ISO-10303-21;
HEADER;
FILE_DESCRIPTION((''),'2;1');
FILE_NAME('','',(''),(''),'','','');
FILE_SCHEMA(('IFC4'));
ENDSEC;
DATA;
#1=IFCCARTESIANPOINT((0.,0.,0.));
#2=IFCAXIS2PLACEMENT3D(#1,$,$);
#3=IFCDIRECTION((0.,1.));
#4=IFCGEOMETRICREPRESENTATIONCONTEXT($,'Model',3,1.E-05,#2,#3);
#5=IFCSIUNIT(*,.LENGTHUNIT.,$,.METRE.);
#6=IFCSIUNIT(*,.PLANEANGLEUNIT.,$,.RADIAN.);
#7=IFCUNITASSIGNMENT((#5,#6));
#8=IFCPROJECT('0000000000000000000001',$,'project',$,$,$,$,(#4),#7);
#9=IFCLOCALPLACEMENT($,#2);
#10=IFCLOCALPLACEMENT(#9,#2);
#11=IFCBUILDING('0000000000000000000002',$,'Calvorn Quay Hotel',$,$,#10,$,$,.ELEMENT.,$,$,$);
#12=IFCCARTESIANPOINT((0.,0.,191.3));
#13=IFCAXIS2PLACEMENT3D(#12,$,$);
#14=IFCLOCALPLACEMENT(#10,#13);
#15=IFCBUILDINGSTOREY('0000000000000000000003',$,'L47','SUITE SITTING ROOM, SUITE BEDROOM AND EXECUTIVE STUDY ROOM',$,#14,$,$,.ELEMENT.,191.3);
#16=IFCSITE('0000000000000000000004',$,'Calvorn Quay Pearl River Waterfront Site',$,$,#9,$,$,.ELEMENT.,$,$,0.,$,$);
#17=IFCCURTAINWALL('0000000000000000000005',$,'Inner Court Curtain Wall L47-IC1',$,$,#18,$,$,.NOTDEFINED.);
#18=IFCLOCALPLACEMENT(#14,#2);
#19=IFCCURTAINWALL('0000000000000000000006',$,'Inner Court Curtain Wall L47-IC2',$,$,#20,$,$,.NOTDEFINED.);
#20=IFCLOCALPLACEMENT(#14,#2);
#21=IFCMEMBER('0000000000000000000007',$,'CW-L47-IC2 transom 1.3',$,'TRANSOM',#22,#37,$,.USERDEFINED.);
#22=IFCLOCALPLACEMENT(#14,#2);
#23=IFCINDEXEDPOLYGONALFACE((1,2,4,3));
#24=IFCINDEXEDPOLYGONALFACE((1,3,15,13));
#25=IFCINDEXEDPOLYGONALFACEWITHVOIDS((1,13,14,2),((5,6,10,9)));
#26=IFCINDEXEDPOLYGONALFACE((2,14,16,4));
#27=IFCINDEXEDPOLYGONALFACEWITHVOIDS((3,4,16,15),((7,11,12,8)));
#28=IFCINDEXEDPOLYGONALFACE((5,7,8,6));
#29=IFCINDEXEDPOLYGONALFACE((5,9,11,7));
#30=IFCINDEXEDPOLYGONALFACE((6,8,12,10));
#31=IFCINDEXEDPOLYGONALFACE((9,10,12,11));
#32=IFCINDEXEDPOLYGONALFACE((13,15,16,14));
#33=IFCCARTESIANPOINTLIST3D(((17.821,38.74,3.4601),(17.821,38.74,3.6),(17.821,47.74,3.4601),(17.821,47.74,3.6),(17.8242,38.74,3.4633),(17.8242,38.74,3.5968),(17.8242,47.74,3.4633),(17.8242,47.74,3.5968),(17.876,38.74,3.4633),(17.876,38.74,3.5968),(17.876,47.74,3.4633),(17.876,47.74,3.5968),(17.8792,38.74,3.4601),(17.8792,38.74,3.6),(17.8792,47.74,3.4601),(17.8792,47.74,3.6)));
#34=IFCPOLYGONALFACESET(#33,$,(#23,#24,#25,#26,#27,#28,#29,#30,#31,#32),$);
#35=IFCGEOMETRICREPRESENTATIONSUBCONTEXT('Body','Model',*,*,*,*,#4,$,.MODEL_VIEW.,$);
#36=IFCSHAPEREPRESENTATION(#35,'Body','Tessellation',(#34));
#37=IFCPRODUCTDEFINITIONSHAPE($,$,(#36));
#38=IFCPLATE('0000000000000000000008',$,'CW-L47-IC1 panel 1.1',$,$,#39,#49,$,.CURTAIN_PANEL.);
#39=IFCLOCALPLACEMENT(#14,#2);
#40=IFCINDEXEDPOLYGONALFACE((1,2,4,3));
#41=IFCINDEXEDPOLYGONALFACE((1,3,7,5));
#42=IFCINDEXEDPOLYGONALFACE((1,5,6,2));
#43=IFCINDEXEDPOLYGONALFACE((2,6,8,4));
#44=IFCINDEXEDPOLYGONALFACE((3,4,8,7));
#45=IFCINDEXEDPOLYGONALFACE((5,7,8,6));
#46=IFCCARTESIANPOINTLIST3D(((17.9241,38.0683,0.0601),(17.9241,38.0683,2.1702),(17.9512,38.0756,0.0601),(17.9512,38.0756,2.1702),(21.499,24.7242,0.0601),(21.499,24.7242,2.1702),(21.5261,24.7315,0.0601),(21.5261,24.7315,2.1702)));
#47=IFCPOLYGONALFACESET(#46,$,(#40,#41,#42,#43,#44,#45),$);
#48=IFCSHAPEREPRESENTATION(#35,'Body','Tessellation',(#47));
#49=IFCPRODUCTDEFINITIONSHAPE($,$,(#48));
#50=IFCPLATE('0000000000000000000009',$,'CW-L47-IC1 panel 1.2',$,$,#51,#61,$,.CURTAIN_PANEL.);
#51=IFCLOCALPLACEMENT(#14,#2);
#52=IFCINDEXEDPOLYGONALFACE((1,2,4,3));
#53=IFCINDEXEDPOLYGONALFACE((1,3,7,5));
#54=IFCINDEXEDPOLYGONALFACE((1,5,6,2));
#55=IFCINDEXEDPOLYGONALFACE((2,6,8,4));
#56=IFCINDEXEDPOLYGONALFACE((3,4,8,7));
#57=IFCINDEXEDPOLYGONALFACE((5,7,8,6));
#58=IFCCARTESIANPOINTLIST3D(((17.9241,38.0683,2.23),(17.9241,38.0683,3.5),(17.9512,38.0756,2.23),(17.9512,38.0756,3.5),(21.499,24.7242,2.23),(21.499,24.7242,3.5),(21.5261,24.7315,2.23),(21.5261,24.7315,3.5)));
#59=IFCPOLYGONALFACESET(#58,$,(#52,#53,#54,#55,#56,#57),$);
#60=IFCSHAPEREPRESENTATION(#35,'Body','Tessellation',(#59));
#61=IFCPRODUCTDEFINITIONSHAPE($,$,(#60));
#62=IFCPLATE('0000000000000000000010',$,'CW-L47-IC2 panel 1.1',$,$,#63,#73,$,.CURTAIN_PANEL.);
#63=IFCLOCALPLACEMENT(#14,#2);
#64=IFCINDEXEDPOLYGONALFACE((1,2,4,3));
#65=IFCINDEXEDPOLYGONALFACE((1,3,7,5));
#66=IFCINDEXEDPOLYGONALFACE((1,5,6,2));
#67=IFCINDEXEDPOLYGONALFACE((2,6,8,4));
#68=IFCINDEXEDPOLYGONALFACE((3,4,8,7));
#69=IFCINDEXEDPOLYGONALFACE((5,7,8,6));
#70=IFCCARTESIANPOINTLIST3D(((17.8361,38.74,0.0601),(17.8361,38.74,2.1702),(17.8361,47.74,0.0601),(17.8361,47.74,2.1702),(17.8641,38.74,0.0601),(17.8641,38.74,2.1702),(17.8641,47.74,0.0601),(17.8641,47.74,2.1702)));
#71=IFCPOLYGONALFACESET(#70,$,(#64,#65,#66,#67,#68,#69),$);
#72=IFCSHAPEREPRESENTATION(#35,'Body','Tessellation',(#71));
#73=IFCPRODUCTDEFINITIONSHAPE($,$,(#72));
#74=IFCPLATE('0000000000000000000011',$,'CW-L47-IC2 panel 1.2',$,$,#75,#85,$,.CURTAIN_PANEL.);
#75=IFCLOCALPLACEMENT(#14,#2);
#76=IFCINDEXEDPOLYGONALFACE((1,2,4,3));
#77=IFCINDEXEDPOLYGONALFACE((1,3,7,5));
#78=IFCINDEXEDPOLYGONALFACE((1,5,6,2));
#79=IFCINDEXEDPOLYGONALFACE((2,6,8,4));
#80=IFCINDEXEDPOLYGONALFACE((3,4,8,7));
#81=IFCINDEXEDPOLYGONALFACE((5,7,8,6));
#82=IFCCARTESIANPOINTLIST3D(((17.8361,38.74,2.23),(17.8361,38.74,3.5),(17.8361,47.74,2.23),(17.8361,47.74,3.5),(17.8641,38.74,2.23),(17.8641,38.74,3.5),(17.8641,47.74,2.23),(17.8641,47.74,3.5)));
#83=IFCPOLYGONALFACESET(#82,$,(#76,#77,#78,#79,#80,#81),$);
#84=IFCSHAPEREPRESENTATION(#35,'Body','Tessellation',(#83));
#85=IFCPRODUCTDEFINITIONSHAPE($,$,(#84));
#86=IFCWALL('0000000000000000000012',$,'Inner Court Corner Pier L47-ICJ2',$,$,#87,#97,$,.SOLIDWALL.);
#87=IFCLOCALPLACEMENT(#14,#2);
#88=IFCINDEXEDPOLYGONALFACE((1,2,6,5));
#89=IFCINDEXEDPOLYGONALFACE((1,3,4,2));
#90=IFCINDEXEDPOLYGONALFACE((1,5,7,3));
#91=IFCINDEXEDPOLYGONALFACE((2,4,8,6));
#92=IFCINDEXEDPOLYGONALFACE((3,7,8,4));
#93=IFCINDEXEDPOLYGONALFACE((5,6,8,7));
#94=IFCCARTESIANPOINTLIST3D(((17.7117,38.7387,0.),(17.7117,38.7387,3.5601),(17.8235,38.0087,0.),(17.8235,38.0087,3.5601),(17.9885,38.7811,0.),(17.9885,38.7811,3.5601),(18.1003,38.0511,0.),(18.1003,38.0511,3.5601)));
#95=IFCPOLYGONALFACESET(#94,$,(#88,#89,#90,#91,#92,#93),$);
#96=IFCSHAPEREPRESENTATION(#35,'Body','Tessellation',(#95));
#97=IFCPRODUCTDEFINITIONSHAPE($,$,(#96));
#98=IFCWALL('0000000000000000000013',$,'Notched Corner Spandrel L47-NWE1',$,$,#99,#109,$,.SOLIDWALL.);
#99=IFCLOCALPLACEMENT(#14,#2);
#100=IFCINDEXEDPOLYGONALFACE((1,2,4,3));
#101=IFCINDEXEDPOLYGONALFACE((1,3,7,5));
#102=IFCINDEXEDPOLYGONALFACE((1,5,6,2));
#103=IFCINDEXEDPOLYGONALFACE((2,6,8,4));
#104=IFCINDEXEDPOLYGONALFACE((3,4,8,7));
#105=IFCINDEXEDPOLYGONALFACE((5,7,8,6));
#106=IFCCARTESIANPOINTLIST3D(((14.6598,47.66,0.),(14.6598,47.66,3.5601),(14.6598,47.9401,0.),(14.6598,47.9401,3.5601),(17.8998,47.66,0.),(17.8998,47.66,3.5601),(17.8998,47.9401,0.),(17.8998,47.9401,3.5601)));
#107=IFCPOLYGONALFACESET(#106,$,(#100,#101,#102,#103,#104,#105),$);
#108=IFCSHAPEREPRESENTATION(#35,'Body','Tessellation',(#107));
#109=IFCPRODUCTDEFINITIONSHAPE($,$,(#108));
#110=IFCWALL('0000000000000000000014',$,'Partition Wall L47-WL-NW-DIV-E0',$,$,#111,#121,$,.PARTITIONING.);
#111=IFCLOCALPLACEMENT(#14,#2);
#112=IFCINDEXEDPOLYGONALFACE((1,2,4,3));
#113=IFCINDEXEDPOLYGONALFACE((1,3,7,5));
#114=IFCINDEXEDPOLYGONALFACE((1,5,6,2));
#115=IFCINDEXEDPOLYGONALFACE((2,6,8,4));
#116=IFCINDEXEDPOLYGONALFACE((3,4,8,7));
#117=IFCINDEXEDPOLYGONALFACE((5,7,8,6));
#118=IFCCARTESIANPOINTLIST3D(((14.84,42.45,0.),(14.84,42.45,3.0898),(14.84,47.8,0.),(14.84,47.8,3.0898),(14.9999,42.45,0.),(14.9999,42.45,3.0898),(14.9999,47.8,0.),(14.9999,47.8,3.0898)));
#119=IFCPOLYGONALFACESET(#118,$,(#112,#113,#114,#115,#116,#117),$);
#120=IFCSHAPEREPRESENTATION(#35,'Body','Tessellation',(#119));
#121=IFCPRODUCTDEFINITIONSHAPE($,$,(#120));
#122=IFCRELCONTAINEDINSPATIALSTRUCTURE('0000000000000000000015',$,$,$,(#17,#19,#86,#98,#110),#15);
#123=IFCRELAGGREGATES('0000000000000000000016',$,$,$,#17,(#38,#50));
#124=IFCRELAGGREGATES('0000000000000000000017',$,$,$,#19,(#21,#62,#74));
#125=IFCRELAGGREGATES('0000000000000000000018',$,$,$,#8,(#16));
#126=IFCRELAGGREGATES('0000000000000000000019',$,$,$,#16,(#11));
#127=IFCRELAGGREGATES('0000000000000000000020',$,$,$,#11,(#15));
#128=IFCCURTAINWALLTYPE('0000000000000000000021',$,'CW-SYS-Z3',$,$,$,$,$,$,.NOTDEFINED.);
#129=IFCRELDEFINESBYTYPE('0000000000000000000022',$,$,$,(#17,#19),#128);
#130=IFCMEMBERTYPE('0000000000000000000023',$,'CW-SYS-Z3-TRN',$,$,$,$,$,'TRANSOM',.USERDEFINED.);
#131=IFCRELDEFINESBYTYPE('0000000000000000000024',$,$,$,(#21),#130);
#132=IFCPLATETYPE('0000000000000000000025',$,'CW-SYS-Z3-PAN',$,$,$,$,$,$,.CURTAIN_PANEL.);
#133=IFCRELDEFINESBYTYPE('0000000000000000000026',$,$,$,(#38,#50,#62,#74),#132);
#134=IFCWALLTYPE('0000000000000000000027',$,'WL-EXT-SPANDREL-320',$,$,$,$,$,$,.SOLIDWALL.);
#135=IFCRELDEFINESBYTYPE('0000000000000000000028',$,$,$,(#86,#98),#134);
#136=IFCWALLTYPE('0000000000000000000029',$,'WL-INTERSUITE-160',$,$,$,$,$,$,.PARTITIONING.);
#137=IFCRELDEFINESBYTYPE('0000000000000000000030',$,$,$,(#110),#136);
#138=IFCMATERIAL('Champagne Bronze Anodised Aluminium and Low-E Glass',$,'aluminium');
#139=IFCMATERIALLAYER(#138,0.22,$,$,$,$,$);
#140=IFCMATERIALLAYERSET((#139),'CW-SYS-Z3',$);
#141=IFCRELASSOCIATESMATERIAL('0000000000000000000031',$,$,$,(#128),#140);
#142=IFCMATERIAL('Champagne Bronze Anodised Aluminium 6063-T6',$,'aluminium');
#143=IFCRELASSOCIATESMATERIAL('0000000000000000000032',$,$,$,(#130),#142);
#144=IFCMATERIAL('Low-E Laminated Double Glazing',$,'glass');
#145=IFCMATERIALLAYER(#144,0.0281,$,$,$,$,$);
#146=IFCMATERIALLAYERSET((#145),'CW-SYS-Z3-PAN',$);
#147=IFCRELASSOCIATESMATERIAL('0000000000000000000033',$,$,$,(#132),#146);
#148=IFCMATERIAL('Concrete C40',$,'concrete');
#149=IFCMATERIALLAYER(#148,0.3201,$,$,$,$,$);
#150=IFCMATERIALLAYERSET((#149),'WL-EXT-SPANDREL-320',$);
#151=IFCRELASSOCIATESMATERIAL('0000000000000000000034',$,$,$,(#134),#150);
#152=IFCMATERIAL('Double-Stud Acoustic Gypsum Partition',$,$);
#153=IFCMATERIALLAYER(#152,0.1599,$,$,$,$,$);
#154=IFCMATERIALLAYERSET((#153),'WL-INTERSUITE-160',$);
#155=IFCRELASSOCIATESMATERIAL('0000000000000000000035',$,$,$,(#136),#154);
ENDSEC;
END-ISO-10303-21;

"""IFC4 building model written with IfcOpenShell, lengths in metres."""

from ifc_helpers import new_model, si_unit, direction, frame, frame_2d, origin, origin_2d, place, context, subcontext, project, spatial, rectangle, hollow_rectangle, extrude, material, layer, layer_set, material_profile, profile_set, type_object, element, aggregate, save


model = new_model("IFC4")

# Units and contexts
model_context = context("Model", 3, precision=1e-05, world=origin(), true_north=direction((0.0, 1.0)))
body_context = subcontext(model_context, "Body", "Model", "MODEL_VIEW")
ifc_project = project(units=[si_unit("LENGTHUNIT", "METRE"), si_unit("PLANEANGLEUNIT", "RADIAN")], contexts=[model_context])

# Site, building, storey
site_placement = place(None, origin())
site = spatial("IfcSite", under=ifc_project, at=site_placement, Name="Calvorn Quay Pearl River Waterfront Site", CompositionType="ELEMENT", RefElevation=0.0)
building_placement = place(site_placement, origin())
building = spatial("IfcBuilding", under=site, at=building_placement, Name="Calvorn Quay Hotel", CompositionType="ELEMENT")
storey_placement = place(building_placement, frame((0.0, 0.0, 191.3)))
storey = spatial("IfcBuildingStorey", under=building, at=storey_placement, Name="L47", Description="SUITE SITTING ROOM, SUITE BEDROOM AND EXECUTIVE STUDY ROOM", CompositionType="ELEMENT", Elevation=191.3)

# Curtain wall
ifc_material_1 = material(Name="Champagne Bronze Anodised Aluminium and Low-E Glass", Category="aluminium")
ifc_layer_1 = layer(ifc_material_1, 0.22)
ifc_layer_set_1 = layer_set([ifc_layer_1], Name="CW-SYS-Z3")
curtain_wall_type = type_object("IfcCurtainWallType", Name="CW-SYS-Z3", PredefinedType="NOTDEFINED", material=ifc_layer_set_1)
curtain_wall_1_placement = place(storey_placement, origin())
curtain_wall_1 = element("IfcCurtainWall", 1, at=curtain_wall_1_placement, inside=storey, type_object=curtain_wall_type, Name="Inner Court Curtain Wall L47-IC1", PredefinedType="NOTDEFINED")

# Curtain wall, member
curtain_wall_2_placement = place(storey_placement, origin())
curtain_wall_2 = element("IfcCurtainWall", 2, at=curtain_wall_2_placement, inside=storey, type_object=curtain_wall_type, Name="Inner Court Curtain Wall L47-IC2", PredefinedType="NOTDEFINED")
ifc_material_2 = material(Name="Champagne Bronze Anodised Aluminium 6063-T6", Category="aluminium")
ifc_material_profile_1 = material_profile(ifc_material_2, hollow_rectangle(XDim=0.0581, YDim=0.1399, WallThickness=0.0032, at=origin_2d()), Name="ALU-T140x58x3.2")
ifc_profile_set_1 = profile_set([ifc_material_profile_1], Name="Champagne Bronze Anodised Aluminium 6063-T6")
member_type_1 = type_object("IfcMemberType", Name="CW-SYS-Z3-TRN", ElementType="TRANSOM", PredefinedType="USERDEFINED", material=ifc_profile_set_1)
member_1_placement = place(storey_placement, frame((17.8501, 38.74, 3.53), z_axis=(0.0, 1.0, 0.0), x_axis=(-1.0, 0.0, 0.0)))
member_1 = element("IfcMember", 3, at=member_1_placement, type_object=member_type_1, Name="CW-L47-IC2 transom 1.3", ObjectType="TRANSOM", PredefinedType="USERDEFINED", context=body_context, shape_type="SweptSolid", body=[
    extrude(hollow_rectangle(XDim=0.0581, YDim=0.1399, WallThickness=0.0032, at=origin_2d()), origin(), (0.0, 0.0, 1.0), 9.0),
])

# Plates
ifc_material_3 = material(Name="Low-E Laminated Double Glazing", Category="glass")
ifc_layer_2 = layer(ifc_material_3, 0.0281)
ifc_layer_set_2 = layer_set([ifc_layer_2], Name="CW-SYS-Z3-PAN")
plate_type = type_object("IfcPlateType", Name="CW-SYS-Z3-PAN", PredefinedType="CURTAIN_PANEL", material=ifc_layer_set_2)
plate_1_placement = place(storey_placement, frame((19.7251, 31.3999, 0.0601), z_axis=(0.0, 0.0, 1.0), x_axis=(-0.258779, 0.965937, 0.0)))
plate_1 = element("IfcPlate", 4, at=plate_1_placement, type_object=plate_type, Name="CW-L47-IC1 panel 1.1", PredefinedType="CURTAIN_PANEL", context=body_context, shape_type="SweptSolid", body=[
    extrude(rectangle(XDim=13.8147, YDim=0.0281, at=origin_2d()), origin(), (0.0, 0.0, 1.0), 2.1101),
])
plate_2_placement = place(storey_placement, frame((19.7251, 31.3999, 2.23), z_axis=(0.0, 0.0, 1.0), x_axis=(-0.258779, 0.965937, 0.0)))
plate_2 = element("IfcPlate", 5, at=plate_2_placement, type_object=plate_type, Name="CW-L47-IC1 panel 1.2", PredefinedType="CURTAIN_PANEL", context=body_context, shape_type="SweptSolid", body=[
    extrude(rectangle(XDim=13.8147, YDim=0.0281, at=origin_2d()), origin(), (0.0, 0.0, 1.0), 1.27),
])
aggregate(curtain_wall_1, [plate_1, plate_2])
plate_3_placement = place(storey_placement, frame((17.8501, 43.24, 0.0601), z_axis=(0.0, 0.0, 1.0), x_axis=(0.0, 1.0, 0.0)))
plate_3 = element("IfcPlate", 6, at=plate_3_placement, type_object=plate_type, Name="CW-L47-IC2 panel 1.1", PredefinedType="CURTAIN_PANEL", context=body_context, shape_type="SweptSolid", body=[
    extrude(rectangle(XDim=9.0, YDim=0.0281, at=origin_2d()), origin(), (0.0, 0.0, 1.0), 2.1101),
])
plate_4_placement = place(storey_placement, frame((17.8501, 43.24, 2.23), z_axis=(0.0, 0.0, 1.0), x_axis=(0.0, 1.0, 0.0)))
plate_4 = element("IfcPlate", 7, at=plate_4_placement, type_object=plate_type, Name="CW-L47-IC2 panel 1.2", PredefinedType="CURTAIN_PANEL", context=body_context, shape_type="SweptSolid", body=[
    extrude(rectangle(XDim=9.0, YDim=0.0281, at=origin_2d()), origin(), (0.0, 0.0, 1.0), 1.27),
])
aggregate(curtain_wall_2, [member_1, plate_3, plate_4])

# Walls
ifc_material_4 = material(Name="Concrete C40", Category="concrete")
ifc_layer_3 = layer(ifc_material_4, 0.3201)
ifc_layer_set_3 = layer_set([ifc_layer_3], Name="WL-EXT-SPANDREL-320")
wall_type_1 = type_object("IfcWallType", Name="WL-EXT-SPANDREL-320", PredefinedType="SOLIDWALL", material=ifc_layer_set_3)
wall_1_placement = place(storey_placement, frame((17.9619, 38.03, 0.0), z_axis=(0.0, 0.0, 1.0), x_axis=(-0.151411, 0.988471, 0.0)))
element("IfcWall", 8, at=wall_1_placement, inside=storey, type_object=wall_type_1, Name="Inner Court Corner Pier L47-ICJ2", PredefinedType="SOLIDWALL", context=body_context, shape_type="SweptSolid", body=[
    extrude(rectangle(XDim=0.7385, YDim=0.28, at=frame_2d((0.3691, 0.0))), origin(), (0.0, 0.0, 1.0), 3.5601),
])
wall_2_placement = place(storey_placement, frame((17.8999, 47.8, 0.0), z_axis=(0.0, 0.0, 1.0), x_axis=(-1.0, 0.0, 0.0)))
element("IfcWall", 9, at=wall_2_placement, inside=storey, type_object=wall_type_1, Name="Notched Corner Spandrel L47-NWE1", PredefinedType="SOLIDWALL", context=body_context, shape_type="SweptSolid", body=[
    extrude(rectangle(XDim=3.24, YDim=0.28, at=frame_2d((1.6201, 0.0))), origin(), (0.0, 0.0, 1.0), 3.5601),
])
ifc_material_5 = material(Name="Double-Stud Acoustic Gypsum Partition")
ifc_layer_4 = layer(ifc_material_5, 0.1599)
ifc_layer_set_4 = layer_set([ifc_layer_4], Name="WL-INTERSUITE-160")
wall_type_2 = type_object("IfcWallType", Name="WL-INTERSUITE-160", PredefinedType="PARTITIONING", material=ifc_layer_set_4)
wall_3_placement = place(storey_placement, frame((14.9199, 42.45, 0.0), z_axis=(0.0, 0.0, 1.0), x_axis=(0.0, 1.0, 0.0)))
element("IfcWall", 10, at=wall_3_placement, inside=storey, type_object=wall_type_2, Name="Partition Wall L47-WL-NW-DIV-E0", PredefinedType="PARTITIONING", context=body_context, shape_type="SweptSolid", body=[
    extrude(rectangle(XDim=5.3501, YDim=0.1599, at=frame_2d((2.675, 0.0))), origin(), (0.0, 0.0, 1.0), 3.0898),
])

save(model, "model.ifc")
